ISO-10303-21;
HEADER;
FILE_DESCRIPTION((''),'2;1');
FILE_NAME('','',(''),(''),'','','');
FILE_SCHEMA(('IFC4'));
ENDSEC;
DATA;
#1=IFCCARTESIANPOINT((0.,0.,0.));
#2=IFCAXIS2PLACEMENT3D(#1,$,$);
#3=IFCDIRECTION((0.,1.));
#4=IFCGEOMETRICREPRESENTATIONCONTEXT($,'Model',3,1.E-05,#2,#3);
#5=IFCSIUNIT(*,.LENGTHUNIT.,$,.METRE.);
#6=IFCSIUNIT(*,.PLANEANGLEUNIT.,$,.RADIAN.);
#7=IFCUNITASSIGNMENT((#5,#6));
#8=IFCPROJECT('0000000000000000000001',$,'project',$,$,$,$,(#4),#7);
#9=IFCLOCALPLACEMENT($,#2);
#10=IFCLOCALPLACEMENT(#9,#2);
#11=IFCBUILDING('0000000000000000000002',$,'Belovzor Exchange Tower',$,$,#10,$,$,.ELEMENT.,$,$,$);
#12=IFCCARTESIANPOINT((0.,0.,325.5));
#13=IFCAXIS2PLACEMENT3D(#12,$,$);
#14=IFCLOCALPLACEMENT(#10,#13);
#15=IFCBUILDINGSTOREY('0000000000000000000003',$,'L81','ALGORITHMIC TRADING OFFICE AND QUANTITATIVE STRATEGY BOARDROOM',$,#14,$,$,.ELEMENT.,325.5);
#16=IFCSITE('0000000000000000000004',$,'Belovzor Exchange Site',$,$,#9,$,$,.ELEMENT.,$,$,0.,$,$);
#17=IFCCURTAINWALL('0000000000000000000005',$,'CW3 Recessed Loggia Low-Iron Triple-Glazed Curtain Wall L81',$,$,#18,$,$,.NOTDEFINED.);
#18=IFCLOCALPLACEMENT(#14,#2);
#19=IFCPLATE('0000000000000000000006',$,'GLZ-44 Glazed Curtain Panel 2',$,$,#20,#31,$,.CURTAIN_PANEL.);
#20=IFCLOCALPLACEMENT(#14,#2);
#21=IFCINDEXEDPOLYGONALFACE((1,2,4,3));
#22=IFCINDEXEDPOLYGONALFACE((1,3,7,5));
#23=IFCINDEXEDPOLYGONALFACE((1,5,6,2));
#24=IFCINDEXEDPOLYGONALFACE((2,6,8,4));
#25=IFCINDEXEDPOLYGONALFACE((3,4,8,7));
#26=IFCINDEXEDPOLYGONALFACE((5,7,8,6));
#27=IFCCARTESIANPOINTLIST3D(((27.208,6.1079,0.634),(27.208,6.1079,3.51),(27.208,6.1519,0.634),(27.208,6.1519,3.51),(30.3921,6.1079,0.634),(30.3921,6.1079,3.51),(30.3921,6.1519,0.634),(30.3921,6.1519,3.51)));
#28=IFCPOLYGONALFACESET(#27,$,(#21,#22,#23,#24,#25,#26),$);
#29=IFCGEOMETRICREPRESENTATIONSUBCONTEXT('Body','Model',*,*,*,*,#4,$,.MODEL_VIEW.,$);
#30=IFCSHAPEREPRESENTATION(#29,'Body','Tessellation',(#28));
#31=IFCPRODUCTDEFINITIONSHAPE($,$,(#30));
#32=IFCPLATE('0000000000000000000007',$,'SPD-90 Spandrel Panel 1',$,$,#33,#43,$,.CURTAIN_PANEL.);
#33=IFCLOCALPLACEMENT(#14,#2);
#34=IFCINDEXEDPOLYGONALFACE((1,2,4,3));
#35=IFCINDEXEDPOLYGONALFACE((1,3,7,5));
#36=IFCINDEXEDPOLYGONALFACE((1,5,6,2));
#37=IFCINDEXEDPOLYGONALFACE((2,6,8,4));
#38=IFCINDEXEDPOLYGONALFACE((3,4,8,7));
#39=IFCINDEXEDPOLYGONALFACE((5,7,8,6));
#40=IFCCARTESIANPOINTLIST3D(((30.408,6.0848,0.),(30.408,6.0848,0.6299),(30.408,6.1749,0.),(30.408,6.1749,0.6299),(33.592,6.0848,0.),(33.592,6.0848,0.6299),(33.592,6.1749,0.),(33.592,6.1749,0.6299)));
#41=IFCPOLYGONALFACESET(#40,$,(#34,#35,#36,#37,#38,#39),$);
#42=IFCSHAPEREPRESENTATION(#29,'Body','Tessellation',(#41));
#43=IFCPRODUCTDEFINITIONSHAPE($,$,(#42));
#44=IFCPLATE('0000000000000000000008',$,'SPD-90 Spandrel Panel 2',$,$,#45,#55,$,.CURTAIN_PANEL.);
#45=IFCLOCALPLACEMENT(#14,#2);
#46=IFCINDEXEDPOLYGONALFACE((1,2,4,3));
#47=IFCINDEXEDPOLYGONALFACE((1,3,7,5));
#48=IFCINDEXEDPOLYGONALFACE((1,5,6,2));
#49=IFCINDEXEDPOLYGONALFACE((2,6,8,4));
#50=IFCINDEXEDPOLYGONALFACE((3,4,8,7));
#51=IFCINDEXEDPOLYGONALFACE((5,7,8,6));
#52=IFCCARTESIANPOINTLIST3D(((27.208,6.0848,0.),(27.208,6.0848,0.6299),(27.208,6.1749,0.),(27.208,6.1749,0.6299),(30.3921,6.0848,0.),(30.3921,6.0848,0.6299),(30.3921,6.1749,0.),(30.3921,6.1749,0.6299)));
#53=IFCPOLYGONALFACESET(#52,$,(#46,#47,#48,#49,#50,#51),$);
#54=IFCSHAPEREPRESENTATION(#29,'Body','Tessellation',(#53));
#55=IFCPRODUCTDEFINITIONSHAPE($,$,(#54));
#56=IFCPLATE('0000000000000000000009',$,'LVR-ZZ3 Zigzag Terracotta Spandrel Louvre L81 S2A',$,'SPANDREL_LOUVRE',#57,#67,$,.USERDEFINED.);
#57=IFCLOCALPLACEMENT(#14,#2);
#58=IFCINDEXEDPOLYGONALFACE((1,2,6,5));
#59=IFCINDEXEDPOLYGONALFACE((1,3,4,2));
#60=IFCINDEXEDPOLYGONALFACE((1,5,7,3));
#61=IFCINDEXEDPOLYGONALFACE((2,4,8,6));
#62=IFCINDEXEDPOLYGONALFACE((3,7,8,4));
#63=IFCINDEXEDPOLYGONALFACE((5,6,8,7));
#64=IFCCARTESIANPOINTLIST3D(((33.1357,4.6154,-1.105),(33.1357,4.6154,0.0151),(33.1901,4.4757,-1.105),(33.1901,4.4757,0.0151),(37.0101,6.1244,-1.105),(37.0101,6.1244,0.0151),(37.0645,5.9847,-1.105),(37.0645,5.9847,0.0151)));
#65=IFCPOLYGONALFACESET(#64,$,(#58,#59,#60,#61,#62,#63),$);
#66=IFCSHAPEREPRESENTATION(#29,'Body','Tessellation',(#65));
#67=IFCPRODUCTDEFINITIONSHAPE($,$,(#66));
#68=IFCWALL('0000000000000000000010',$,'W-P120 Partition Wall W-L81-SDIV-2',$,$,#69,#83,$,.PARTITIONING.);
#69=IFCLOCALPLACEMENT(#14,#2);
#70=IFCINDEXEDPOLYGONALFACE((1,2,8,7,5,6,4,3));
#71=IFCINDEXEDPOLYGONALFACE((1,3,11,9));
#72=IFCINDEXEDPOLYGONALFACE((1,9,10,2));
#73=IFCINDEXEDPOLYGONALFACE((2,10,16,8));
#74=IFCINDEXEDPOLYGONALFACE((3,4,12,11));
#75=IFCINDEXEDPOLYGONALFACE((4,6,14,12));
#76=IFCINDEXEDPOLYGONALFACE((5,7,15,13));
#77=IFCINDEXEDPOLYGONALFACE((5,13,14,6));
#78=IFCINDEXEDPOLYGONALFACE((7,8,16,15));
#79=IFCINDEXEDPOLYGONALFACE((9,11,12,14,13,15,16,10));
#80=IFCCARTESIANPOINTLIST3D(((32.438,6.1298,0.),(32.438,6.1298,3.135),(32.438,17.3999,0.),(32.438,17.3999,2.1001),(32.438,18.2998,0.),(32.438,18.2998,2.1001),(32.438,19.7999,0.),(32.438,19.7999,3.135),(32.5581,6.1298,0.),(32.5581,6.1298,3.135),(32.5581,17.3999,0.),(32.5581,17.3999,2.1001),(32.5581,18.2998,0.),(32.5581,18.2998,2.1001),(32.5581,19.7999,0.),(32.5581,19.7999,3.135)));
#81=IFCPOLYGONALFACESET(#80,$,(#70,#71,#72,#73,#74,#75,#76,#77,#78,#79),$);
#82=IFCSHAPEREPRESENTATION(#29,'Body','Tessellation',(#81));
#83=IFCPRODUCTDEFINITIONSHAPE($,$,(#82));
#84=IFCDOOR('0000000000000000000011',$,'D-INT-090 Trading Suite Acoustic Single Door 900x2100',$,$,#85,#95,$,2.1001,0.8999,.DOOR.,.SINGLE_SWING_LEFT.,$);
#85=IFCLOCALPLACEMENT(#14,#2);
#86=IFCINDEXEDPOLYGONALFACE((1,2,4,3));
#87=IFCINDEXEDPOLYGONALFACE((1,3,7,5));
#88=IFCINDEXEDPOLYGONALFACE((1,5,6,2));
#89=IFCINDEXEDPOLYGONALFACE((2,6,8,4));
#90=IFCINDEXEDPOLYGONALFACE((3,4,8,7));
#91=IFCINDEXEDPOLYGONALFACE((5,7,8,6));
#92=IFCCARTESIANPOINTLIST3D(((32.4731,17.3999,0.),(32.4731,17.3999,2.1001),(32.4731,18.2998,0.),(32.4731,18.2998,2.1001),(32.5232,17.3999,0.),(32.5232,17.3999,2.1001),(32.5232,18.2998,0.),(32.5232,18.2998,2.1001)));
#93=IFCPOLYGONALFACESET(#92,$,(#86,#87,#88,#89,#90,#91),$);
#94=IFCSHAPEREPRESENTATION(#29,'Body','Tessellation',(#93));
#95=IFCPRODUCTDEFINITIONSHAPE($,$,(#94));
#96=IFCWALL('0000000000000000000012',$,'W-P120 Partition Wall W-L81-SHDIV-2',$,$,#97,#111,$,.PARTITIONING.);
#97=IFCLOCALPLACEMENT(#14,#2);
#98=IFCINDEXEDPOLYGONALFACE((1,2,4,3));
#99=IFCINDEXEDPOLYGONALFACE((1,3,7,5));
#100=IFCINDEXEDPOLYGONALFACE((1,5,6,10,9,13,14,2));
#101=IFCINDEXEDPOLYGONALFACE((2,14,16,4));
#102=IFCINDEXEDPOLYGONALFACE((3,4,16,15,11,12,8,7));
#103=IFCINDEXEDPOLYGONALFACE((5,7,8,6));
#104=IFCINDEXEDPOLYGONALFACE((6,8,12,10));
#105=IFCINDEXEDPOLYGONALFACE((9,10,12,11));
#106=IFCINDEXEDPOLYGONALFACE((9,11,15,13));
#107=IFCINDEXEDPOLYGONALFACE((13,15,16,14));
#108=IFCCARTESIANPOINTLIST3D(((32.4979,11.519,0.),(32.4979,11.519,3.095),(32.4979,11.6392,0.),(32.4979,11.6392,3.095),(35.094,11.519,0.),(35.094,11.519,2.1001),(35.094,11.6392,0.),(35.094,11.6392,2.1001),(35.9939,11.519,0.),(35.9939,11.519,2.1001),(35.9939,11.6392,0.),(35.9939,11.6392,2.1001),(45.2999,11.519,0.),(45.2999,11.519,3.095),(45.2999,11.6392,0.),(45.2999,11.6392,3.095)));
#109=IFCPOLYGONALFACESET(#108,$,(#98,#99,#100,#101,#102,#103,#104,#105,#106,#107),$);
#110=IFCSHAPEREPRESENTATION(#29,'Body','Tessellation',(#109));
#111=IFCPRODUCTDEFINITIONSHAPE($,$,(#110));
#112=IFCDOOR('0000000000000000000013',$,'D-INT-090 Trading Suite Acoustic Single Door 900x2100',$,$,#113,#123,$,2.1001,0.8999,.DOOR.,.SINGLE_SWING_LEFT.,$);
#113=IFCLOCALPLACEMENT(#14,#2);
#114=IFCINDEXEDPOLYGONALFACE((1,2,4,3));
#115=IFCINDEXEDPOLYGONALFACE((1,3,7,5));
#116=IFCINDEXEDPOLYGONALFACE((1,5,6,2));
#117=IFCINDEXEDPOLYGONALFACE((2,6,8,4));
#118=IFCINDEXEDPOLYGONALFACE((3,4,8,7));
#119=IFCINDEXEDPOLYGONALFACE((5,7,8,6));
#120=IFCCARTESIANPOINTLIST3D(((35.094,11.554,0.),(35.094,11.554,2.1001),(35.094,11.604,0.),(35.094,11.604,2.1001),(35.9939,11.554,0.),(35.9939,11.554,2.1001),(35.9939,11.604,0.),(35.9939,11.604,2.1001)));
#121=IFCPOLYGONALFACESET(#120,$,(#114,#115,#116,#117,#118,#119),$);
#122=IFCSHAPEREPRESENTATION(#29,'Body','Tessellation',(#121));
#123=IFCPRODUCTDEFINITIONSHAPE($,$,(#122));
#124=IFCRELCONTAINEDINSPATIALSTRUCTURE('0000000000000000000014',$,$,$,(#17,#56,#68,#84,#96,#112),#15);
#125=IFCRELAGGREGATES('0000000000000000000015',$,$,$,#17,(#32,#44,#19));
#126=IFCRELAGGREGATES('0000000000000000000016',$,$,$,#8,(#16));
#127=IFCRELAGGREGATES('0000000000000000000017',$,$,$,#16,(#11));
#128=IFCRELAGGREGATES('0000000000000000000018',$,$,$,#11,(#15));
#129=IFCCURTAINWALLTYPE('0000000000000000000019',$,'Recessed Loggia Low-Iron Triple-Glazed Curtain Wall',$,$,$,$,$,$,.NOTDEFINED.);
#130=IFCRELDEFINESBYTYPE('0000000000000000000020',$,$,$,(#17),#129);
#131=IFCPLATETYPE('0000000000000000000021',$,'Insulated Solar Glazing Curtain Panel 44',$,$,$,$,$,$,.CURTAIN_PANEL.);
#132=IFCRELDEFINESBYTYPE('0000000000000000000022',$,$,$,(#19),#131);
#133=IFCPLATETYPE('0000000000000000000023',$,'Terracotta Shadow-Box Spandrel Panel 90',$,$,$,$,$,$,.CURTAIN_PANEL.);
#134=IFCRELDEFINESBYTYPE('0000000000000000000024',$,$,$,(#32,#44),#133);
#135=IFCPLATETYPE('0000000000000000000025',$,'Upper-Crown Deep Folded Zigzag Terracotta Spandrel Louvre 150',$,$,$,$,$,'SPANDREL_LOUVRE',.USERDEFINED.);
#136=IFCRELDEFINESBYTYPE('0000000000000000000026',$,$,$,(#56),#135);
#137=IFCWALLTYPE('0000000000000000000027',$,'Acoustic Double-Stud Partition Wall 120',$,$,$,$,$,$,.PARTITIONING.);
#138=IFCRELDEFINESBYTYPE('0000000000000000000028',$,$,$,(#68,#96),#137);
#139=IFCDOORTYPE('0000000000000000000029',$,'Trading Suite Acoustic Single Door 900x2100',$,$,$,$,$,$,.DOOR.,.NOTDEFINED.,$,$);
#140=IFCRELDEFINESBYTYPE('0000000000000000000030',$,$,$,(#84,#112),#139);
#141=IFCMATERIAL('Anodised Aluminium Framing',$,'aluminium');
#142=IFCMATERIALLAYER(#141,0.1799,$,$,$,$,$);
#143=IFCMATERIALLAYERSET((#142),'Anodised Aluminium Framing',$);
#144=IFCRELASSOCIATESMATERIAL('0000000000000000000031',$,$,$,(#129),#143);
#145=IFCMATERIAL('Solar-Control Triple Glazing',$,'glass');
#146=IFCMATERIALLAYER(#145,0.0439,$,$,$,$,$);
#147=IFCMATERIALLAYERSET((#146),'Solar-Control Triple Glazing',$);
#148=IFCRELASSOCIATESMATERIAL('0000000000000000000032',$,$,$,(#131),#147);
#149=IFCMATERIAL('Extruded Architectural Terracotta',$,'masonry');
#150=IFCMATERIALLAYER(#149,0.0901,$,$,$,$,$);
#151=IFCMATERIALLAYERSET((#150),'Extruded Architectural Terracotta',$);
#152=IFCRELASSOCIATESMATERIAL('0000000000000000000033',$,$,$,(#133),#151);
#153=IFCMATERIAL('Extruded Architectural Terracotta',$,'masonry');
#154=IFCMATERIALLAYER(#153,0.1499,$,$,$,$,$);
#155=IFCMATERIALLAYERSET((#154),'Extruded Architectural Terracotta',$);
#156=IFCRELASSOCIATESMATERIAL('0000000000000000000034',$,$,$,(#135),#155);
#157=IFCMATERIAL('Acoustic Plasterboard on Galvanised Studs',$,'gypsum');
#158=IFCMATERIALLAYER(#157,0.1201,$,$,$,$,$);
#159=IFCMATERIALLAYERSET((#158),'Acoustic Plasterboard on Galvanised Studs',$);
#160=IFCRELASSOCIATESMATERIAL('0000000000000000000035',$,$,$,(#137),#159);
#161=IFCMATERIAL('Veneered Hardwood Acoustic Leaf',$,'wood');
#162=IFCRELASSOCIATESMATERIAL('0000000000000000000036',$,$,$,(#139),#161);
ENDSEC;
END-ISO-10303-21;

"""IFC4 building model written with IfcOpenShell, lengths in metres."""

from ifc_helpers import new_model, si_unit, direction, frame, frame_2d, origin, origin_2d, place, context, subcontext, project, spatial, rectangle, extrude, material, layer, layer_set, type_object, element, fill, aggregate, save


model = new_model("IFC4")

# Units and contexts
model_context = context("Model", 3, precision=1e-05, world=origin(), true_north=direction((0.0, 1.0)))
body_context = subcontext(model_context, "Body", "Model", "MODEL_VIEW")
ifc_project = project(units=[si_unit("LENGTHUNIT", "METRE"), si_unit("PLANEANGLEUNIT", "RADIAN")], contexts=[model_context])

# Site, building, storey
site_placement = place(None, origin())
site = spatial("IfcSite", under=ifc_project, at=site_placement, Name="Belovzor Exchange Site", CompositionType="ELEMENT", RefElevation=0.0)
building_placement = place(site_placement, origin())
building = spatial("IfcBuilding", under=site, at=building_placement, Name="Belovzor Exchange Tower", CompositionType="ELEMENT")
storey_placement = place(building_placement, frame((0.0, 0.0, 325.5)))
storey = spatial("IfcBuildingStorey", under=building, at=storey_placement, Name="L81", Description="ALGORITHMIC TRADING OFFICE AND QUANTITATIVE STRATEGY BOARDROOM", CompositionType="ELEMENT", Elevation=325.5)

# Curtain wall
ifc_material_1 = material(Name="Anodised Aluminium Framing", Category="aluminium")
ifc_layer_1 = layer(ifc_material_1, 0.1799)
ifc_layer_set_1 = layer_set([ifc_layer_1], Name="Anodised Aluminium Framing")
curtain_wall_type = type_object("IfcCurtainWallType", Name="Recessed Loggia Low-Iron Triple-Glazed Curtain Wall", PredefinedType="NOTDEFINED", material=ifc_layer_set_1)
curtain_wall_placement = place(storey_placement, origin())
curtain_wall = element("IfcCurtainWall", 1, at=curtain_wall_placement, inside=storey, type_object=curtain_wall_type, Name="CW3 Recessed Loggia Low-Iron Triple-Glazed Curtain Wall L81", PredefinedType="NOTDEFINED")

# Plates
ifc_material_2 = material(Name="Solar-Control Triple Glazing", Category="glass")
ifc_layer_2 = layer(ifc_material_2, 0.0439)
ifc_layer_set_2 = layer_set([ifc_layer_2], Name="Solar-Control Triple Glazing")
plate_type_1 = type_object("IfcPlateType", Name="Insulated Solar Glazing Curtain Panel 44", PredefinedType="CURTAIN_PANEL", material=ifc_layer_set_2)
plate_1_placement = place(storey_placement, frame((28.8, 6.1299, 0.634), z_axis=(0.0, 0.0, 1.0), x_axis=(-1.0, 0.0, 0.0)))
plate_1 = element("IfcPlate", 2, at=plate_1_placement, type_object=plate_type_1, Name="GLZ-44 Glazed Curtain Panel 2", PredefinedType="CURTAIN_PANEL", context=body_context, shape_type="SweptSolid", body=[
    extrude(rectangle(XDim=3.1841, YDim=0.0439, at=origin_2d()), origin(), (0.0, 0.0, 1.0), 2.876),
])
ifc_material_3 = material(Name="Extruded Architectural Terracotta", Category="masonry")
ifc_layer_3 = layer(ifc_material_3, 0.0901)
ifc_layer_set_3 = layer_set([ifc_layer_3], Name="Extruded Architectural Terracotta")
plate_type_2 = type_object("IfcPlateType", Name="Terracotta Shadow-Box Spandrel Panel 90", PredefinedType="CURTAIN_PANEL", material=ifc_layer_set_3)
plate_2_placement = place(storey_placement, frame((32.0, 6.1299, 0.0), z_axis=(0.0, 0.0, 1.0), x_axis=(-1.0, 0.0, 0.0)))
plate_2 = element("IfcPlate", 3, at=plate_2_placement, type_object=plate_type_2, Name="SPD-90 Spandrel Panel 1", PredefinedType="CURTAIN_PANEL", context=body_context, shape_type="SweptSolid", body=[
    extrude(rectangle(XDim=3.1841, YDim=0.0901, at=origin_2d()), origin(), (0.0, 0.0, 1.0), 0.6299),
])
plate_3_placement = place(storey_placement, frame((28.8, 6.1299, 0.0), z_axis=(0.0, 0.0, 1.0), x_axis=(-1.0, 0.0, 0.0)))
plate_3 = element("IfcPlate", 4, at=plate_3_placement, type_object=plate_type_2, Name="SPD-90 Spandrel Panel 2", PredefinedType="CURTAIN_PANEL", context=body_context, shape_type="SweptSolid", body=[
    extrude(rectangle(XDim=3.1841, YDim=0.0901, at=origin_2d()), origin(), (0.0, 0.0, 1.0), 0.6299),
])
aggregate(curtain_wall, [plate_2, plate_3, plate_1])
ifc_material_4 = material(Name="Extruded Architectural Terracotta", Category="masonry")
ifc_layer_4 = layer(ifc_material_4, 0.1499)
ifc_layer_set_4 = layer_set([ifc_layer_4], Name="Extruded Architectural Terracotta")
plate_type_3 = type_object("IfcPlateType", Name="Upper-Crown Deep Folded Zigzag Terracotta Spandrel Louvre 150", ElementType="SPANDREL_LOUVRE", PredefinedType="USERDEFINED", material=ifc_layer_set_4)
plate_4_placement = place(storey_placement, frame((35.1001, 5.3, -1.105), z_axis=(0.0, 0.0, 1.0), x_axis=(0.931818, 0.362926, 0.0)))
element("IfcPlate", 5, at=plate_4_placement, inside=storey, type_object=plate_type_3, Name="LVR-ZZ3 Zigzag Terracotta Spandrel Louvre L81 S2A", ObjectType="SPANDREL_LOUVRE", PredefinedType="USERDEFINED", context=body_context, shape_type="SweptSolid", body=[
    extrude(rectangle(XDim=4.158, YDim=0.1499, at=origin_2d()), origin(), (0.0, 0.0, 1.0), 1.1201),
])

# Walls, openings, doors
ifc_material_5 = material(Name="Acoustic Plasterboard on Galvanised Studs", Category="gypsum")
ifc_layer_5 = layer(ifc_material_5, 0.1201)
ifc_layer_set_5 = layer_set([ifc_layer_5], Name="Acoustic Plasterboard on Galvanised Studs")
wall_type = type_object("IfcWallType", Name="Acoustic Double-Stud Partition Wall 120", PredefinedType="PARTITIONING", material=ifc_layer_set_5)
wall_1_placement = place(storey_placement, frame((32.498, 6.1299, 0.0), z_axis=(0.0, 0.0, 1.0), x_axis=(0.0, 1.0, 0.0)))
wall_1 = element("IfcWall", 6, at=wall_1_placement, inside=storey, type_object=wall_type, Name="W-P120 Partition Wall W-L81-SDIV-2", PredefinedType="PARTITIONING", context=body_context, shape_type="SweptSolid", body=[
    extrude(rectangle(XDim=13.6702, YDim=0.1201, at=frame_2d((6.835, 0.0))), origin(), (0.0, 0.0, 1.0), 3.135),
])
opening_1_placement = place(wall_1_placement, frame((11.27, 0.0, 0.0)))
opening_1 = element("IfcOpeningElement", 7, at=opening_1_placement, cuts=wall_1, PredefinedType="OPENING", context=body_context, shape_type="SweptSolid", body=[
    extrude(rectangle(XDim=0.8999, YDim=2.1001, at=frame_2d((0.45, 1.05))), frame((0.0, 0.0701, 0.0), z_axis=(0.0, -1.0, 0.0), x_axis=(1.0, 0.0, 0.0)), (0.0, 0.0, 1.0), 0.1401),
])
ifc_material_6 = material(Name="Veneered Hardwood Acoustic Leaf", Category="wood")
door_type = type_object("IfcDoorType", Name="Trading Suite Acoustic Single Door 900x2100", OperationType="NOTDEFINED", PredefinedType="DOOR", material=ifc_material_6)
door_1_placement = place(opening_1_placement, origin())
door_1 = element("IfcDoor", 8, at=door_1_placement, inside=storey, type_object=door_type, Name="D-INT-090 Trading Suite Acoustic Single Door 900x2100", OperationType="SINGLE_SWING_LEFT", OverallHeight=2.1001, OverallWidth=0.8999, PredefinedType="DOOR", context=body_context, shape_type="SweptSolid", body=[
    extrude(rectangle(XDim=0.8999, YDim=2.1001, at=frame_2d((0.45, 1.05))), frame((0.0, 0.0249, 0.0), z_axis=(0.0, -1.0, 0.0), x_axis=(1.0, 0.0, 0.0)), (0.0, 0.0, 1.0), 0.05),
])
fill(opening_1, door_1)
wall_2_placement = place(storey_placement, frame((32.498, 11.5791, 0.0), z_axis=(0.0, 0.0, 1.0), x_axis=(1.0, 0.0, 0.0)))
wall_2 = element("IfcWall", 9, at=wall_2_placement, inside=storey, type_object=wall_type, Name="W-P120 Partition Wall W-L81-SHDIV-2", PredefinedType="PARTITIONING", context=body_context, shape_type="SweptSolid", body=[
    extrude(rectangle(XDim=12.802, YDim=0.1201, at=frame_2d((6.4009, 0.0))), origin(), (0.0, 0.0, 1.0), 3.095),
])
opening_2_placement = place(wall_2_placement, frame((2.5959, 0.0, 0.0)))
opening_2 = element("IfcOpeningElement", 10, at=opening_2_placement, cuts=wall_2, PredefinedType="OPENING", context=body_context, shape_type="SweptSolid", body=[
    extrude(rectangle(XDim=0.8999, YDim=2.1001, at=frame_2d((0.45, 1.05))), frame((0.0, 0.0701, 0.0), z_axis=(0.0, -1.0, 0.0), x_axis=(1.0, 0.0, 0.0)), (0.0, 0.0, 1.0), 0.1401),
])
door_2_placement = place(opening_2_placement, origin())
door_2 = element("IfcDoor", 11, at=door_2_placement, inside=storey, type_object=door_type, Name="D-INT-090 Trading Suite Acoustic Single Door 900x2100", OperationType="SINGLE_SWING_LEFT", OverallHeight=2.1001, OverallWidth=0.8999, PredefinedType="DOOR", context=body_context, shape_type="SweptSolid", body=[
    extrude(rectangle(XDim=0.8999, YDim=2.1001, at=frame_2d((0.45, 1.05))), frame((0.0, 0.0249, 0.0), z_axis=(0.0, -1.0, 0.0), x_axis=(1.0, 0.0, 0.0)), (0.0, 0.0, 1.0), 0.05),
])
fill(opening_2, door_2)

save(model, "model.ifc")
